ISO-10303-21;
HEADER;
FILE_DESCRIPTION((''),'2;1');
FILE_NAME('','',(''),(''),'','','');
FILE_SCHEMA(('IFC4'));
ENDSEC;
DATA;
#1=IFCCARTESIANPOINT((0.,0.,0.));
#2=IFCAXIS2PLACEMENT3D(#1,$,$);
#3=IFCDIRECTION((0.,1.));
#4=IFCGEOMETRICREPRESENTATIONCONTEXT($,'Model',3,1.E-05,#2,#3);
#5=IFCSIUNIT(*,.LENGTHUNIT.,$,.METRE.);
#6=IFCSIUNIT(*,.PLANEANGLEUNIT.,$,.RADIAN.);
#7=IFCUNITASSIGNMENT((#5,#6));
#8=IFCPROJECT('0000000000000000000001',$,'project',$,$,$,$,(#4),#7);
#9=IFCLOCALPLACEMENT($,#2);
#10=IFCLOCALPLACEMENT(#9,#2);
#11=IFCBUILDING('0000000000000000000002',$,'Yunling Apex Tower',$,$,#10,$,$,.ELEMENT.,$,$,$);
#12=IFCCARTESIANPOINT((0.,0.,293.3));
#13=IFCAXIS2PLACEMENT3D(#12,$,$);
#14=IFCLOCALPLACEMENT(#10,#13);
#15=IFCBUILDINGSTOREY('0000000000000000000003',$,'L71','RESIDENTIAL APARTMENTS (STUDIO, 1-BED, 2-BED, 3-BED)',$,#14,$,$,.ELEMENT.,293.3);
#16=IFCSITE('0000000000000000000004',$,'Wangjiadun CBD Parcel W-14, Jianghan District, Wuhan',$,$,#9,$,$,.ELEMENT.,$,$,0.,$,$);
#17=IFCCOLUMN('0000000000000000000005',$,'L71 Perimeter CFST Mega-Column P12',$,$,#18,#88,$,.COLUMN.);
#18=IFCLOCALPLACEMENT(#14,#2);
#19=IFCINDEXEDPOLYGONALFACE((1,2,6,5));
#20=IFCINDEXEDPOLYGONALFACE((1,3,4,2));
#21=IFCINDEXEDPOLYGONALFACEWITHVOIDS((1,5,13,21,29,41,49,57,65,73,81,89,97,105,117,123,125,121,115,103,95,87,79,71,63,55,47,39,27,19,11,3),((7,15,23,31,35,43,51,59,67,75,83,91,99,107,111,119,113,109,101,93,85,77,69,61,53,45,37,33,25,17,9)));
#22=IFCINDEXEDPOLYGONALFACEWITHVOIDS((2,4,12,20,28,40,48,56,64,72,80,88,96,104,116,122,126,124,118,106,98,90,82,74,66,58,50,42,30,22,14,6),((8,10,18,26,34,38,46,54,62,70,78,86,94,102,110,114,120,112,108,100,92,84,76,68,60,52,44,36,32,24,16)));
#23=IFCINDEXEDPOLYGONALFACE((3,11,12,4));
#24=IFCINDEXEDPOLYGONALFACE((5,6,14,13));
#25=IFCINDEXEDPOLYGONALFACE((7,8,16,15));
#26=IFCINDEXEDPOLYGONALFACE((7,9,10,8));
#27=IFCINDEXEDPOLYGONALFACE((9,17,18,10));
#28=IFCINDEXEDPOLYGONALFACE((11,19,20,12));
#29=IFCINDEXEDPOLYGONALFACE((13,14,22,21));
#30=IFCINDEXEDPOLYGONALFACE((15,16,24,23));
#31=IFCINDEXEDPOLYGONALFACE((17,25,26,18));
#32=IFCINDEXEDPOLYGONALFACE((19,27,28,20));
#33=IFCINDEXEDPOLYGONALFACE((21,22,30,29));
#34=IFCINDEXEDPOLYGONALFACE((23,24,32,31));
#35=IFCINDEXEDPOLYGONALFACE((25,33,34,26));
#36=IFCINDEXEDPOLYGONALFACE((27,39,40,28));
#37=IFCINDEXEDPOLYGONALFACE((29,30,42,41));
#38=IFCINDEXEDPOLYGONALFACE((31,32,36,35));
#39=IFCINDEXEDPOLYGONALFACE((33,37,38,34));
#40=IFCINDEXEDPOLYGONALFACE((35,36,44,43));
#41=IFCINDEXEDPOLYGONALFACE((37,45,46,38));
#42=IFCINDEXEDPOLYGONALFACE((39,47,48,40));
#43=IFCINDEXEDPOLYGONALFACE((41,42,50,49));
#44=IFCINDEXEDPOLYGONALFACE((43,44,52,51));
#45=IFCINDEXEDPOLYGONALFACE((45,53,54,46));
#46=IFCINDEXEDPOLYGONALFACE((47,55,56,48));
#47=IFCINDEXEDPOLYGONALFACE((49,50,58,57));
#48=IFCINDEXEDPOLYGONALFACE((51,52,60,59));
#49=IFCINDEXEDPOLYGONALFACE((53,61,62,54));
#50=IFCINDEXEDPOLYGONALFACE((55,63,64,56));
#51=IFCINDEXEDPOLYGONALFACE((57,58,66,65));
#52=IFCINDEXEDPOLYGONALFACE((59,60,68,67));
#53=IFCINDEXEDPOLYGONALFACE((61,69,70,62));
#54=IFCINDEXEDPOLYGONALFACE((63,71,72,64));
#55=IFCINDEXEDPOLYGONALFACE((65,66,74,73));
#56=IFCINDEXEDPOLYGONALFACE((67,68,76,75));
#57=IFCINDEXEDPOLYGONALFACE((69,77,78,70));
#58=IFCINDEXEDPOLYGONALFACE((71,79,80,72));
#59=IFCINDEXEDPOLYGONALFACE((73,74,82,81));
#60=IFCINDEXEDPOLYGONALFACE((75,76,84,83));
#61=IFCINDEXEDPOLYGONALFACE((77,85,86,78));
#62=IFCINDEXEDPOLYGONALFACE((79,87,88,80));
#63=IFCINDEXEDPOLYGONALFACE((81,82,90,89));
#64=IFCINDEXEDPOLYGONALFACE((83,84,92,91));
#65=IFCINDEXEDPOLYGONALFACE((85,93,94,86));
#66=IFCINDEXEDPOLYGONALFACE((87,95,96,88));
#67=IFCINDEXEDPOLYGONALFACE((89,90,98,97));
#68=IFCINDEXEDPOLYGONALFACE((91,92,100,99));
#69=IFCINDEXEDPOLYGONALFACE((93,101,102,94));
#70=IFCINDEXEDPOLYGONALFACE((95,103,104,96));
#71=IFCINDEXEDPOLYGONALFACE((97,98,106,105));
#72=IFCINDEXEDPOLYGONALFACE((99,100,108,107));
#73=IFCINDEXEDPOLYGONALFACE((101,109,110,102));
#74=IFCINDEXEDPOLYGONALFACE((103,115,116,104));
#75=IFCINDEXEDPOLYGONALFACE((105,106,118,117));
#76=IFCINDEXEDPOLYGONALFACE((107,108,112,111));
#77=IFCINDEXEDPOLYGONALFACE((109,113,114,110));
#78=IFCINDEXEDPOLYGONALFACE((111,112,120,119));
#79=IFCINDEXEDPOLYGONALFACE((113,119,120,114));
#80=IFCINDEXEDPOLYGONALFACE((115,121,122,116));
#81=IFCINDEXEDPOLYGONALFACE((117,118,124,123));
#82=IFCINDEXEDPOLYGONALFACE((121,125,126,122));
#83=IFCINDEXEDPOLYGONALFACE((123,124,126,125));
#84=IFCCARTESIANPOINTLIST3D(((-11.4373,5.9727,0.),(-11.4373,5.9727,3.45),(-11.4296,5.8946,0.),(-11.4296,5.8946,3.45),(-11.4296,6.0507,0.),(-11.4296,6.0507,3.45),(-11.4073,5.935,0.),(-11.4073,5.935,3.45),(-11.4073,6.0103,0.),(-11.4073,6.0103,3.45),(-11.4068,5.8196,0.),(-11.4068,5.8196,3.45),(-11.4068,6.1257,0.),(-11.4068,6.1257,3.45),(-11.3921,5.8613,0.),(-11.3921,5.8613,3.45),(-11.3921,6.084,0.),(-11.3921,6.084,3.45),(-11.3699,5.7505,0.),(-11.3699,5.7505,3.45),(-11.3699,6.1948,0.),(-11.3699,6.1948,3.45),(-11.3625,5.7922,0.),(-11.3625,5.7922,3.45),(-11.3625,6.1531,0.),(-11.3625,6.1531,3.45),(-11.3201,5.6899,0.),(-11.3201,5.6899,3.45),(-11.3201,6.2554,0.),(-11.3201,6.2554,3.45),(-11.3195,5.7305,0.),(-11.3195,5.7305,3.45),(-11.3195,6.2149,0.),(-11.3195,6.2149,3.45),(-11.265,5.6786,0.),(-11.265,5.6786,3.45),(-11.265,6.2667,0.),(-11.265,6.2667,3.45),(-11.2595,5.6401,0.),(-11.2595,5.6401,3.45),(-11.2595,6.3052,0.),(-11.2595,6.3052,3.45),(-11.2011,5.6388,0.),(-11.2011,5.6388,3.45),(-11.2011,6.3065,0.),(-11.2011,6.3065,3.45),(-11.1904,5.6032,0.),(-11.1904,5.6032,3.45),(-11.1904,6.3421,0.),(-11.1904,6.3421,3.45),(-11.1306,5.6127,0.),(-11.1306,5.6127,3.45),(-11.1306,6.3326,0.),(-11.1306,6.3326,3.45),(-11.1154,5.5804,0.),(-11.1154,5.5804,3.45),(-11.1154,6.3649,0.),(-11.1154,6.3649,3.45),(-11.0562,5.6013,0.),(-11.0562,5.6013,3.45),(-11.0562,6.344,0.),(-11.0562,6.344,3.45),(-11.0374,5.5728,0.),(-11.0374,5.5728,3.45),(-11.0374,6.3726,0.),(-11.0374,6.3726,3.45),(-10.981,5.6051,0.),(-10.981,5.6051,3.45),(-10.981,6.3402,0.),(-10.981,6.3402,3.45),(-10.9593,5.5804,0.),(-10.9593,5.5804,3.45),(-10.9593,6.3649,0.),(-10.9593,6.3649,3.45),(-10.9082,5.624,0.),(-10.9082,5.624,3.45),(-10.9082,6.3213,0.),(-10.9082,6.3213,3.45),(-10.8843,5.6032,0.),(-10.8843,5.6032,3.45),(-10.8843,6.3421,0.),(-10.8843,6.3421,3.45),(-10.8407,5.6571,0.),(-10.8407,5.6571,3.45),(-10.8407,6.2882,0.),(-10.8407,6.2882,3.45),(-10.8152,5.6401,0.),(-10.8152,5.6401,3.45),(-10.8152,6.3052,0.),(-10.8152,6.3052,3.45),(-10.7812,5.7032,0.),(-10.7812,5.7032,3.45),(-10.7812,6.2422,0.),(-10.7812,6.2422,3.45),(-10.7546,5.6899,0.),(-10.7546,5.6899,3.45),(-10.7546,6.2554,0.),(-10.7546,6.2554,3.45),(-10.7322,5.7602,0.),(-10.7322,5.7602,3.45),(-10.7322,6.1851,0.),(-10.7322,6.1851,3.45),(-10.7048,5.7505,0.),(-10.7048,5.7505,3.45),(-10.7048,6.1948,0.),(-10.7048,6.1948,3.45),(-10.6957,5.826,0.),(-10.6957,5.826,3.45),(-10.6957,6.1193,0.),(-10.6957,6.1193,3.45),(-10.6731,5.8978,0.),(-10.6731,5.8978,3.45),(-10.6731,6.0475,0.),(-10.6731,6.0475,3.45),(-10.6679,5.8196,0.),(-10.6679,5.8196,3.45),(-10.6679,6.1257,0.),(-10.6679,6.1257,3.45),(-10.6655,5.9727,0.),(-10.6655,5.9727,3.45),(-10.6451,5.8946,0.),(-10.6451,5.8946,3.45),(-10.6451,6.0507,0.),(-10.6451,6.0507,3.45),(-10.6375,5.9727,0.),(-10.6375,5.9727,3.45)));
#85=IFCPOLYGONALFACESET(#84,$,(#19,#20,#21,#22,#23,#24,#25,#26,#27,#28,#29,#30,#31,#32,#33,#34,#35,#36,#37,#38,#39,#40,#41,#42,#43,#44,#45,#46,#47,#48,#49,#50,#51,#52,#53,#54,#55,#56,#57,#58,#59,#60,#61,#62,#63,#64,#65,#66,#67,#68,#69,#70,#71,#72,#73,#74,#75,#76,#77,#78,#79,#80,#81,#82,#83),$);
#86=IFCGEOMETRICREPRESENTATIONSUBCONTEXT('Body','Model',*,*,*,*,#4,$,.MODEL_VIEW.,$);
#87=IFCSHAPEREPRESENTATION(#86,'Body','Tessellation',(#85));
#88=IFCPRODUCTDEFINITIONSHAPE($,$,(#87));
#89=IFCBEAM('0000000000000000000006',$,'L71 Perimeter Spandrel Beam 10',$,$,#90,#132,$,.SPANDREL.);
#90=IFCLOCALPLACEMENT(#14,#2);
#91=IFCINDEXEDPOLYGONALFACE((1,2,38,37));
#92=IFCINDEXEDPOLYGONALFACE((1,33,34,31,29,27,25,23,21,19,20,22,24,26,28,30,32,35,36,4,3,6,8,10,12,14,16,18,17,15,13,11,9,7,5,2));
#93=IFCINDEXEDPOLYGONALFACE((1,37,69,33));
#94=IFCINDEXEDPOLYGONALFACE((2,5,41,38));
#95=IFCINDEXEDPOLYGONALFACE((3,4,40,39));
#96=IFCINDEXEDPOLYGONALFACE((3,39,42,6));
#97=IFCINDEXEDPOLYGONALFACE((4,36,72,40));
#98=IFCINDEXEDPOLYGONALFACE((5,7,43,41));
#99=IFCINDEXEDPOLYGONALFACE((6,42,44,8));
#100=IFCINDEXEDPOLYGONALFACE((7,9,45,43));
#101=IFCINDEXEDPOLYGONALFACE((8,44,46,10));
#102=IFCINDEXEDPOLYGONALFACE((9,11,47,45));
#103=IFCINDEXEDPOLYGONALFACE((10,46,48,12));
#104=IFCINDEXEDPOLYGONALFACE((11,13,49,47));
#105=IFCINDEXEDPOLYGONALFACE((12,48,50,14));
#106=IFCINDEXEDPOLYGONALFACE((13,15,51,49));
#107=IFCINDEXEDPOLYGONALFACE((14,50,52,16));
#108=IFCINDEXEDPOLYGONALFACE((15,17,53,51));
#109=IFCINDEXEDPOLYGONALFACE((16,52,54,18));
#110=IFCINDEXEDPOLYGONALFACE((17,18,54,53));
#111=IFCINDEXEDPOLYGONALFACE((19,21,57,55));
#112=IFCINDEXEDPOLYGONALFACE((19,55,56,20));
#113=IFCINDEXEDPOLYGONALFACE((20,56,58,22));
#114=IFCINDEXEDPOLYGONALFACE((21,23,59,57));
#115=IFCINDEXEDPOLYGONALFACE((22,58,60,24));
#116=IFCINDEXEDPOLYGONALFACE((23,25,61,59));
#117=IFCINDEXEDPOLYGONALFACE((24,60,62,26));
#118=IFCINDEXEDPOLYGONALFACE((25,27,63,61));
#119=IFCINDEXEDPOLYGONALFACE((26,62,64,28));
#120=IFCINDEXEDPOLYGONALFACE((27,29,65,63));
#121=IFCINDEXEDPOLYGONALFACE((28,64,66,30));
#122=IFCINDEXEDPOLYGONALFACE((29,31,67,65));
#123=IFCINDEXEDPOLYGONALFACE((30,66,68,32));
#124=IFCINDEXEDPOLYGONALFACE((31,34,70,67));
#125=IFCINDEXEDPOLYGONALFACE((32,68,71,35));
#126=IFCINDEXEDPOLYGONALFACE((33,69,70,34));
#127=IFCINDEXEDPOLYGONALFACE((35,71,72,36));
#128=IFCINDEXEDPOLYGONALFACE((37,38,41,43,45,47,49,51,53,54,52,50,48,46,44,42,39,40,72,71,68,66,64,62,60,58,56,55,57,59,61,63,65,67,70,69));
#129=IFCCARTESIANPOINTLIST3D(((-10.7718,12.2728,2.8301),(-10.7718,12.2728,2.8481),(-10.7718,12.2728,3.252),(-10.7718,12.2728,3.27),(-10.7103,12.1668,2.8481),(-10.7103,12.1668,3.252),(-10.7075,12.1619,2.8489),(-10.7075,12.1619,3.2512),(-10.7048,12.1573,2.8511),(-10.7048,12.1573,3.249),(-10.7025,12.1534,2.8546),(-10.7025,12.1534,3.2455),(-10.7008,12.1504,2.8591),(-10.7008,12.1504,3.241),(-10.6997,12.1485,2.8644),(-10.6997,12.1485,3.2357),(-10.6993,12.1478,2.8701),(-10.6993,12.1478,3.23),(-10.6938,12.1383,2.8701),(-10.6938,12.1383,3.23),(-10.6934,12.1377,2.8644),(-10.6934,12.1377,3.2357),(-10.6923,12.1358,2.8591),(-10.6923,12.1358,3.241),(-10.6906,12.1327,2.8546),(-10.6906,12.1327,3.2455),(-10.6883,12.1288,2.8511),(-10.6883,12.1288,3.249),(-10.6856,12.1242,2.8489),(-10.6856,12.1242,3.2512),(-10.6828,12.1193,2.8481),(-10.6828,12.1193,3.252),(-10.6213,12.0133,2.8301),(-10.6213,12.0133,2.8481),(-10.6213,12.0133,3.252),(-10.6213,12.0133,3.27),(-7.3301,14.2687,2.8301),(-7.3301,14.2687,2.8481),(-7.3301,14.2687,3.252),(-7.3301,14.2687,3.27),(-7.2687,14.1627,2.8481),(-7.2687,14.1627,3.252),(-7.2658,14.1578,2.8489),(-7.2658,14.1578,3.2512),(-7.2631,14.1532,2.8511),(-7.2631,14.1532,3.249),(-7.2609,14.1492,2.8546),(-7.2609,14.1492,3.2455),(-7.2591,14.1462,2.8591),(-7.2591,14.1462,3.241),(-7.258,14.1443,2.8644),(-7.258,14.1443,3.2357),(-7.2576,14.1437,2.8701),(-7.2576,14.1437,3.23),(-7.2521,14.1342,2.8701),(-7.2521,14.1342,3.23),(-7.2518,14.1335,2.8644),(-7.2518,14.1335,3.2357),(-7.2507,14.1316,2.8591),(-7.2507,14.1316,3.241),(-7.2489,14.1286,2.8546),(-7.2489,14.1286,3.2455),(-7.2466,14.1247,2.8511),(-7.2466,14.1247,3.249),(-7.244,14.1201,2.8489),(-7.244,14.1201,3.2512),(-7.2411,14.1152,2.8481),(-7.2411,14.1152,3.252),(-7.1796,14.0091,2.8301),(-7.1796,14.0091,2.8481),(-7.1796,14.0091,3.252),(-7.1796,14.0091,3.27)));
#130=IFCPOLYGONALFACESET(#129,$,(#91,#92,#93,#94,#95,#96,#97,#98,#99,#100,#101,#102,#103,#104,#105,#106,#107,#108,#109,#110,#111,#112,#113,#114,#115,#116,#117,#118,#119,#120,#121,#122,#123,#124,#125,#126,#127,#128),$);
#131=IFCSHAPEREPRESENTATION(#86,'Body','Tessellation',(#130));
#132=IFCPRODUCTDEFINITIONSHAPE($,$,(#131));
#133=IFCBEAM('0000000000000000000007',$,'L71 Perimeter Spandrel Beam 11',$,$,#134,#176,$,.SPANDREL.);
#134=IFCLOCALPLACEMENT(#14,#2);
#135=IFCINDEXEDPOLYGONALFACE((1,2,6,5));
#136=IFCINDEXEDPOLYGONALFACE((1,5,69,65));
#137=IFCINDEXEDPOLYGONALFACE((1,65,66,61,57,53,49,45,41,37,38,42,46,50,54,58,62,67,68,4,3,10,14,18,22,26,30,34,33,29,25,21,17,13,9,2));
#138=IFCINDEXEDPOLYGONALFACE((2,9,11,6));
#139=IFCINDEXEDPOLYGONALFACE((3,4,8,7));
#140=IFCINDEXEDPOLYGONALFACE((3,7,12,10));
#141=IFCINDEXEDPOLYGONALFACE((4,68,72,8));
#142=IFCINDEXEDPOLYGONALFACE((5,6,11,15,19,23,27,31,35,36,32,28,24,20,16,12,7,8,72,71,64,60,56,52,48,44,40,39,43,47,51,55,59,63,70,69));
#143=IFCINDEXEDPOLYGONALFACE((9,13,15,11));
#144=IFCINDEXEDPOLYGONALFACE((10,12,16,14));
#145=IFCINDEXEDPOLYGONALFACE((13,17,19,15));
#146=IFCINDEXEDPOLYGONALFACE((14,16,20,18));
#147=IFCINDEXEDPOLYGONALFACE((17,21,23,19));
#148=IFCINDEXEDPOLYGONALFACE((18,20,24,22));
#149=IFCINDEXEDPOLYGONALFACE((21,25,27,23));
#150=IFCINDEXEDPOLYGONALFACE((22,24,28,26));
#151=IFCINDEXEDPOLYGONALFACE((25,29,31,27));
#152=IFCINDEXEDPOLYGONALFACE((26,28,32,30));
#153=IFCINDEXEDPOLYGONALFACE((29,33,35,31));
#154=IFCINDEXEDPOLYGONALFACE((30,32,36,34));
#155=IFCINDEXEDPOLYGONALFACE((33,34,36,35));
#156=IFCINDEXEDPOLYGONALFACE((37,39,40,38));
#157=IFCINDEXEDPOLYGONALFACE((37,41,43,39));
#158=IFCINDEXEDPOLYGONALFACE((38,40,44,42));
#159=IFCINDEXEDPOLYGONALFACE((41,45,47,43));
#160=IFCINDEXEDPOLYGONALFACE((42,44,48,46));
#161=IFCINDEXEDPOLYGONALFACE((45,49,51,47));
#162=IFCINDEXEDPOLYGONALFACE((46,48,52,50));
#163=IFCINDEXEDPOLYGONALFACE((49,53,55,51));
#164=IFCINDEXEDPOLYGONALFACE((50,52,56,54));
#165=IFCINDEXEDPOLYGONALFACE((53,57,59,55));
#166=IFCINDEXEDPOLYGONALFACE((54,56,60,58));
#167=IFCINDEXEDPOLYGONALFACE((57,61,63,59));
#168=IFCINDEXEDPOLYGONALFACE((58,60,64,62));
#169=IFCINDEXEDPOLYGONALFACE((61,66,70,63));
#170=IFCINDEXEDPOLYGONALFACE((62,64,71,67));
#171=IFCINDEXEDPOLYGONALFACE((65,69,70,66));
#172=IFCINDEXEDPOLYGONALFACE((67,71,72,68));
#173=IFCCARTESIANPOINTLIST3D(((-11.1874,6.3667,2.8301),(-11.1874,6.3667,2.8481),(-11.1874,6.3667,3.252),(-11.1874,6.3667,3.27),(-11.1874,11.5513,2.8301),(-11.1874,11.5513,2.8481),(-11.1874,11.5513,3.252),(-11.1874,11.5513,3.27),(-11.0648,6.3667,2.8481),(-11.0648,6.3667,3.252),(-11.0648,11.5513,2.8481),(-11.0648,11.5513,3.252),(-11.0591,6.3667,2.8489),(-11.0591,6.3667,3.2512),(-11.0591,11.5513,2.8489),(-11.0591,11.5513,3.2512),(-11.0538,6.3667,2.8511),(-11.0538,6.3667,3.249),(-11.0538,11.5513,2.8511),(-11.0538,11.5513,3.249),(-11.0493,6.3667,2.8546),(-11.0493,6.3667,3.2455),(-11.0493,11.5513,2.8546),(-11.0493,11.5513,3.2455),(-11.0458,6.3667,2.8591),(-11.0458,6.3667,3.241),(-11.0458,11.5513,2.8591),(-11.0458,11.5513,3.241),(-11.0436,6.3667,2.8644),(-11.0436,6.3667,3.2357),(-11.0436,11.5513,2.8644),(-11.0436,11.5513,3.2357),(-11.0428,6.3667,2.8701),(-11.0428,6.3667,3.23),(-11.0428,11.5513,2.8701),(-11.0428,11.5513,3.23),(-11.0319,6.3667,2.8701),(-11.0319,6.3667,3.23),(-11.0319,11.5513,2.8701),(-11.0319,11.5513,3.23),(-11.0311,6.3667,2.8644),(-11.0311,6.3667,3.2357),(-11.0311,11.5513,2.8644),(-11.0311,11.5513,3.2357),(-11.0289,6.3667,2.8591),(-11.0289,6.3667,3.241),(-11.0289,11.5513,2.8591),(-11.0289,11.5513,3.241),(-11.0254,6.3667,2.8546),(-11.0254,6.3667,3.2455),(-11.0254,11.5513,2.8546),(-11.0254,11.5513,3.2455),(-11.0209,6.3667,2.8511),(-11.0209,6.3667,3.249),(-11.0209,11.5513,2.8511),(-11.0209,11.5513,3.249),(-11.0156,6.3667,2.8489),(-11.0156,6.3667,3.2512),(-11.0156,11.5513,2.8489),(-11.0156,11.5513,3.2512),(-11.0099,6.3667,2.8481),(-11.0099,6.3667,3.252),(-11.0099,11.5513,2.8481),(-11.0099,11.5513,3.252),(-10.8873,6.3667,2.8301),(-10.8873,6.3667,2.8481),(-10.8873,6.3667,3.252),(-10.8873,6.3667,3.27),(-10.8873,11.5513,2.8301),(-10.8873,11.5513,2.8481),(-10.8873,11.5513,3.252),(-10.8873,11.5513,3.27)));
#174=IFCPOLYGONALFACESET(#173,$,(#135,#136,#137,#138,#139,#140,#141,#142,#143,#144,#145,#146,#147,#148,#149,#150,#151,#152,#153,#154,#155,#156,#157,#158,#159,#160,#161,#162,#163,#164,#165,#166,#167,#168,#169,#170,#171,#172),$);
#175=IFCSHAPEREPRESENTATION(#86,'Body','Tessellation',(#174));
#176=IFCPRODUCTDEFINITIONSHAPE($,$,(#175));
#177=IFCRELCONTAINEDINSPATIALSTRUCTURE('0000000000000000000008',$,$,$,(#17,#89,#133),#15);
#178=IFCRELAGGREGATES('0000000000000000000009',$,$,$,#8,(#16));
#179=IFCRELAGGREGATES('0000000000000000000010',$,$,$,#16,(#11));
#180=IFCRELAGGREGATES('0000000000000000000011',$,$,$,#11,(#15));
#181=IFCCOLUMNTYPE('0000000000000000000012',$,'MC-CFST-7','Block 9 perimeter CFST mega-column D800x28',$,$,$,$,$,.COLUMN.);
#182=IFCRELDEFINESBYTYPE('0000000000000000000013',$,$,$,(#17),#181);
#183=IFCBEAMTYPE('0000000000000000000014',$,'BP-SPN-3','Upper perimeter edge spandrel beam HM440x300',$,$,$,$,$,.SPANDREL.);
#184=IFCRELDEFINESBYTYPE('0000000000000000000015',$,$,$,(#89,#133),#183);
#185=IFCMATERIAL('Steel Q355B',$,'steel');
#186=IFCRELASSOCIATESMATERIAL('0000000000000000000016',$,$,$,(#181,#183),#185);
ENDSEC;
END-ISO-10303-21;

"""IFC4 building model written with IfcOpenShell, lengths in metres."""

from ifc_helpers import new_model, si_unit, direction, frame, origin, origin_2d, place, context, subcontext, project, spatial, hollow_circle, i_section, extrude, source, transform, mapped, material, material_profile, profile_set, type_object, element, save


model = new_model("IFC4")

# Units and contexts
model_context = context("Model", 3, precision=1e-05, world=origin(), true_north=direction((0.0, 1.0)))
body_context = subcontext(model_context, "Body", "Model", "MODEL_VIEW")
ifc_project = project(units=[si_unit("LENGTHUNIT", "METRE"), si_unit("PLANEANGLEUNIT", "RADIAN")], contexts=[model_context])

# Site, building, storey
site_placement = place(None, origin())
site = spatial("IfcSite", under=ifc_project, at=site_placement, Name="Wangjiadun CBD Parcel W-14, Jianghan District, Wuhan", CompositionType="ELEMENT", RefElevation=0.0)
building_placement = place(site_placement, origin())
building = spatial("IfcBuilding", under=site, at=building_placement, Name="Yunling Apex Tower", CompositionType="ELEMENT")
storey_placement = place(building_placement, frame((0.0, 0.0, 293.3)))
storey = spatial("IfcBuildingStorey", under=building, at=storey_placement, Name="L71", Description="RESIDENTIAL APARTMENTS (STUDIO, 1-BED, 2-BED, 3-BED)", CompositionType="ELEMENT", Elevation=293.3)

# Column
ifc_material_1 = material(Name="Steel Q355B", Category="steel")
ifc_material_profile_1 = material_profile(ifc_material_1, hollow_circle(Radius=0.3999, WallThickness=0.0281, at=origin_2d()))
ifc_profile_set_1 = profile_set([ifc_material_profile_1], Name="Steel Q355B")
column_type = type_object("IfcColumnType", Name="MC-CFST-7", Description="Block 9 perimeter CFST mega-column D800x28", PredefinedType="COLUMN", material=ifc_profile_set_1)
shared_shape_1 = source(origin(), body_context, "Body", "SweptSolid", [
    extrude(hollow_circle(Radius=0.3999, WallThickness=0.0281, at=origin_2d()), origin(), (0.0, 0.0, 1.0), 3.45),
])
for number, where, z_axis, x_axis, name in (
    (1, (-11.0374, 5.9727, 0.0), (0.0, 0.0, 1.0), (1.0, 0.0, 0.0), "L71 Perimeter CFST Mega-Column P12"),
):
    element("IfcColumn", number, at=place(storey_placement, frame(where, z_axis=z_axis, x_axis=x_axis)), inside=storey, type_object=column_type, Name=name, PredefinedType="COLUMN", context=body_context, shape_type="MappedRepresentation", body=[
        mapped(shared_shape_1, transform((0.0, 0.0, 0.0), scale=1.0)),
    ])

# Beams
ifc_material_profile_2 = material_profile(ifc_material_1, i_section(OverallWidth=0.3, OverallDepth=0.4399, WebThickness=0.011, FlangeThickness=0.0181, FilletRadius=0.022, at=origin_2d()))
ifc_profile_set_2 = profile_set([ifc_material_profile_2], Name="Steel Q355B")
beam_type_1 = type_object("IfcBeamType", Name="BP-SPN-3", Description="Upper perimeter edge spandrel beam HM440x300", PredefinedType="SPANDREL", material=ifc_profile_set_2)
shared_shape_2 = source(origin(), body_context, "Body", "SweptSolid", [
    extrude(i_section(OverallWidth=0.3, OverallDepth=0.4399, WebThickness=0.011, FlangeThickness=0.0181, FilletRadius=0.022, at=origin_2d()), origin(), (0.0, 0.0, 1.0), 3.9785),
])
beam_1_placement = place(storey_placement, frame((-7.2549, 14.1389, 3.05), z_axis=(-0.865065, -0.50166, 0.0), x_axis=(0.50166, -0.865065, 0.0)))
element("IfcBeam", 2, at=beam_1_placement, inside=storey, type_object=beam_type_1, Name="L71 Perimeter Spandrel Beam 10", PredefinedType="SPANDREL", context=body_context, shape_type="MappedRepresentation", body=[
    mapped(shared_shape_2, transform((0.0, 0.0, 0.0), scale=1.0)),
])
shared_shape_3 = source(origin(), body_context, "Body", "SweptSolid", [
    extrude(i_section(OverallWidth=0.3, OverallDepth=0.4399, WebThickness=0.011, FlangeThickness=0.0181, FilletRadius=0.022, at=origin_2d()), origin(), (0.0, 0.0, 1.0), 5.1846),
])
beam_2_placement = place(storey_placement, frame((-11.0374, 11.5513, 3.05), z_axis=(0.0, -1.0, 0.0), x_axis=(1.0, 0.0, 0.0)))
element("IfcBeam", 3, at=beam_2_placement, inside=storey, type_object=beam_type_1, Name="L71 Perimeter Spandrel Beam 11", PredefinedType="SPANDREL", context=body_context, shape_type="MappedRepresentation", body=[
    mapped(shared_shape_3, transform((0.0, 0.0, 0.0), scale=1.0)),
])

save(model, "model.ifc")
